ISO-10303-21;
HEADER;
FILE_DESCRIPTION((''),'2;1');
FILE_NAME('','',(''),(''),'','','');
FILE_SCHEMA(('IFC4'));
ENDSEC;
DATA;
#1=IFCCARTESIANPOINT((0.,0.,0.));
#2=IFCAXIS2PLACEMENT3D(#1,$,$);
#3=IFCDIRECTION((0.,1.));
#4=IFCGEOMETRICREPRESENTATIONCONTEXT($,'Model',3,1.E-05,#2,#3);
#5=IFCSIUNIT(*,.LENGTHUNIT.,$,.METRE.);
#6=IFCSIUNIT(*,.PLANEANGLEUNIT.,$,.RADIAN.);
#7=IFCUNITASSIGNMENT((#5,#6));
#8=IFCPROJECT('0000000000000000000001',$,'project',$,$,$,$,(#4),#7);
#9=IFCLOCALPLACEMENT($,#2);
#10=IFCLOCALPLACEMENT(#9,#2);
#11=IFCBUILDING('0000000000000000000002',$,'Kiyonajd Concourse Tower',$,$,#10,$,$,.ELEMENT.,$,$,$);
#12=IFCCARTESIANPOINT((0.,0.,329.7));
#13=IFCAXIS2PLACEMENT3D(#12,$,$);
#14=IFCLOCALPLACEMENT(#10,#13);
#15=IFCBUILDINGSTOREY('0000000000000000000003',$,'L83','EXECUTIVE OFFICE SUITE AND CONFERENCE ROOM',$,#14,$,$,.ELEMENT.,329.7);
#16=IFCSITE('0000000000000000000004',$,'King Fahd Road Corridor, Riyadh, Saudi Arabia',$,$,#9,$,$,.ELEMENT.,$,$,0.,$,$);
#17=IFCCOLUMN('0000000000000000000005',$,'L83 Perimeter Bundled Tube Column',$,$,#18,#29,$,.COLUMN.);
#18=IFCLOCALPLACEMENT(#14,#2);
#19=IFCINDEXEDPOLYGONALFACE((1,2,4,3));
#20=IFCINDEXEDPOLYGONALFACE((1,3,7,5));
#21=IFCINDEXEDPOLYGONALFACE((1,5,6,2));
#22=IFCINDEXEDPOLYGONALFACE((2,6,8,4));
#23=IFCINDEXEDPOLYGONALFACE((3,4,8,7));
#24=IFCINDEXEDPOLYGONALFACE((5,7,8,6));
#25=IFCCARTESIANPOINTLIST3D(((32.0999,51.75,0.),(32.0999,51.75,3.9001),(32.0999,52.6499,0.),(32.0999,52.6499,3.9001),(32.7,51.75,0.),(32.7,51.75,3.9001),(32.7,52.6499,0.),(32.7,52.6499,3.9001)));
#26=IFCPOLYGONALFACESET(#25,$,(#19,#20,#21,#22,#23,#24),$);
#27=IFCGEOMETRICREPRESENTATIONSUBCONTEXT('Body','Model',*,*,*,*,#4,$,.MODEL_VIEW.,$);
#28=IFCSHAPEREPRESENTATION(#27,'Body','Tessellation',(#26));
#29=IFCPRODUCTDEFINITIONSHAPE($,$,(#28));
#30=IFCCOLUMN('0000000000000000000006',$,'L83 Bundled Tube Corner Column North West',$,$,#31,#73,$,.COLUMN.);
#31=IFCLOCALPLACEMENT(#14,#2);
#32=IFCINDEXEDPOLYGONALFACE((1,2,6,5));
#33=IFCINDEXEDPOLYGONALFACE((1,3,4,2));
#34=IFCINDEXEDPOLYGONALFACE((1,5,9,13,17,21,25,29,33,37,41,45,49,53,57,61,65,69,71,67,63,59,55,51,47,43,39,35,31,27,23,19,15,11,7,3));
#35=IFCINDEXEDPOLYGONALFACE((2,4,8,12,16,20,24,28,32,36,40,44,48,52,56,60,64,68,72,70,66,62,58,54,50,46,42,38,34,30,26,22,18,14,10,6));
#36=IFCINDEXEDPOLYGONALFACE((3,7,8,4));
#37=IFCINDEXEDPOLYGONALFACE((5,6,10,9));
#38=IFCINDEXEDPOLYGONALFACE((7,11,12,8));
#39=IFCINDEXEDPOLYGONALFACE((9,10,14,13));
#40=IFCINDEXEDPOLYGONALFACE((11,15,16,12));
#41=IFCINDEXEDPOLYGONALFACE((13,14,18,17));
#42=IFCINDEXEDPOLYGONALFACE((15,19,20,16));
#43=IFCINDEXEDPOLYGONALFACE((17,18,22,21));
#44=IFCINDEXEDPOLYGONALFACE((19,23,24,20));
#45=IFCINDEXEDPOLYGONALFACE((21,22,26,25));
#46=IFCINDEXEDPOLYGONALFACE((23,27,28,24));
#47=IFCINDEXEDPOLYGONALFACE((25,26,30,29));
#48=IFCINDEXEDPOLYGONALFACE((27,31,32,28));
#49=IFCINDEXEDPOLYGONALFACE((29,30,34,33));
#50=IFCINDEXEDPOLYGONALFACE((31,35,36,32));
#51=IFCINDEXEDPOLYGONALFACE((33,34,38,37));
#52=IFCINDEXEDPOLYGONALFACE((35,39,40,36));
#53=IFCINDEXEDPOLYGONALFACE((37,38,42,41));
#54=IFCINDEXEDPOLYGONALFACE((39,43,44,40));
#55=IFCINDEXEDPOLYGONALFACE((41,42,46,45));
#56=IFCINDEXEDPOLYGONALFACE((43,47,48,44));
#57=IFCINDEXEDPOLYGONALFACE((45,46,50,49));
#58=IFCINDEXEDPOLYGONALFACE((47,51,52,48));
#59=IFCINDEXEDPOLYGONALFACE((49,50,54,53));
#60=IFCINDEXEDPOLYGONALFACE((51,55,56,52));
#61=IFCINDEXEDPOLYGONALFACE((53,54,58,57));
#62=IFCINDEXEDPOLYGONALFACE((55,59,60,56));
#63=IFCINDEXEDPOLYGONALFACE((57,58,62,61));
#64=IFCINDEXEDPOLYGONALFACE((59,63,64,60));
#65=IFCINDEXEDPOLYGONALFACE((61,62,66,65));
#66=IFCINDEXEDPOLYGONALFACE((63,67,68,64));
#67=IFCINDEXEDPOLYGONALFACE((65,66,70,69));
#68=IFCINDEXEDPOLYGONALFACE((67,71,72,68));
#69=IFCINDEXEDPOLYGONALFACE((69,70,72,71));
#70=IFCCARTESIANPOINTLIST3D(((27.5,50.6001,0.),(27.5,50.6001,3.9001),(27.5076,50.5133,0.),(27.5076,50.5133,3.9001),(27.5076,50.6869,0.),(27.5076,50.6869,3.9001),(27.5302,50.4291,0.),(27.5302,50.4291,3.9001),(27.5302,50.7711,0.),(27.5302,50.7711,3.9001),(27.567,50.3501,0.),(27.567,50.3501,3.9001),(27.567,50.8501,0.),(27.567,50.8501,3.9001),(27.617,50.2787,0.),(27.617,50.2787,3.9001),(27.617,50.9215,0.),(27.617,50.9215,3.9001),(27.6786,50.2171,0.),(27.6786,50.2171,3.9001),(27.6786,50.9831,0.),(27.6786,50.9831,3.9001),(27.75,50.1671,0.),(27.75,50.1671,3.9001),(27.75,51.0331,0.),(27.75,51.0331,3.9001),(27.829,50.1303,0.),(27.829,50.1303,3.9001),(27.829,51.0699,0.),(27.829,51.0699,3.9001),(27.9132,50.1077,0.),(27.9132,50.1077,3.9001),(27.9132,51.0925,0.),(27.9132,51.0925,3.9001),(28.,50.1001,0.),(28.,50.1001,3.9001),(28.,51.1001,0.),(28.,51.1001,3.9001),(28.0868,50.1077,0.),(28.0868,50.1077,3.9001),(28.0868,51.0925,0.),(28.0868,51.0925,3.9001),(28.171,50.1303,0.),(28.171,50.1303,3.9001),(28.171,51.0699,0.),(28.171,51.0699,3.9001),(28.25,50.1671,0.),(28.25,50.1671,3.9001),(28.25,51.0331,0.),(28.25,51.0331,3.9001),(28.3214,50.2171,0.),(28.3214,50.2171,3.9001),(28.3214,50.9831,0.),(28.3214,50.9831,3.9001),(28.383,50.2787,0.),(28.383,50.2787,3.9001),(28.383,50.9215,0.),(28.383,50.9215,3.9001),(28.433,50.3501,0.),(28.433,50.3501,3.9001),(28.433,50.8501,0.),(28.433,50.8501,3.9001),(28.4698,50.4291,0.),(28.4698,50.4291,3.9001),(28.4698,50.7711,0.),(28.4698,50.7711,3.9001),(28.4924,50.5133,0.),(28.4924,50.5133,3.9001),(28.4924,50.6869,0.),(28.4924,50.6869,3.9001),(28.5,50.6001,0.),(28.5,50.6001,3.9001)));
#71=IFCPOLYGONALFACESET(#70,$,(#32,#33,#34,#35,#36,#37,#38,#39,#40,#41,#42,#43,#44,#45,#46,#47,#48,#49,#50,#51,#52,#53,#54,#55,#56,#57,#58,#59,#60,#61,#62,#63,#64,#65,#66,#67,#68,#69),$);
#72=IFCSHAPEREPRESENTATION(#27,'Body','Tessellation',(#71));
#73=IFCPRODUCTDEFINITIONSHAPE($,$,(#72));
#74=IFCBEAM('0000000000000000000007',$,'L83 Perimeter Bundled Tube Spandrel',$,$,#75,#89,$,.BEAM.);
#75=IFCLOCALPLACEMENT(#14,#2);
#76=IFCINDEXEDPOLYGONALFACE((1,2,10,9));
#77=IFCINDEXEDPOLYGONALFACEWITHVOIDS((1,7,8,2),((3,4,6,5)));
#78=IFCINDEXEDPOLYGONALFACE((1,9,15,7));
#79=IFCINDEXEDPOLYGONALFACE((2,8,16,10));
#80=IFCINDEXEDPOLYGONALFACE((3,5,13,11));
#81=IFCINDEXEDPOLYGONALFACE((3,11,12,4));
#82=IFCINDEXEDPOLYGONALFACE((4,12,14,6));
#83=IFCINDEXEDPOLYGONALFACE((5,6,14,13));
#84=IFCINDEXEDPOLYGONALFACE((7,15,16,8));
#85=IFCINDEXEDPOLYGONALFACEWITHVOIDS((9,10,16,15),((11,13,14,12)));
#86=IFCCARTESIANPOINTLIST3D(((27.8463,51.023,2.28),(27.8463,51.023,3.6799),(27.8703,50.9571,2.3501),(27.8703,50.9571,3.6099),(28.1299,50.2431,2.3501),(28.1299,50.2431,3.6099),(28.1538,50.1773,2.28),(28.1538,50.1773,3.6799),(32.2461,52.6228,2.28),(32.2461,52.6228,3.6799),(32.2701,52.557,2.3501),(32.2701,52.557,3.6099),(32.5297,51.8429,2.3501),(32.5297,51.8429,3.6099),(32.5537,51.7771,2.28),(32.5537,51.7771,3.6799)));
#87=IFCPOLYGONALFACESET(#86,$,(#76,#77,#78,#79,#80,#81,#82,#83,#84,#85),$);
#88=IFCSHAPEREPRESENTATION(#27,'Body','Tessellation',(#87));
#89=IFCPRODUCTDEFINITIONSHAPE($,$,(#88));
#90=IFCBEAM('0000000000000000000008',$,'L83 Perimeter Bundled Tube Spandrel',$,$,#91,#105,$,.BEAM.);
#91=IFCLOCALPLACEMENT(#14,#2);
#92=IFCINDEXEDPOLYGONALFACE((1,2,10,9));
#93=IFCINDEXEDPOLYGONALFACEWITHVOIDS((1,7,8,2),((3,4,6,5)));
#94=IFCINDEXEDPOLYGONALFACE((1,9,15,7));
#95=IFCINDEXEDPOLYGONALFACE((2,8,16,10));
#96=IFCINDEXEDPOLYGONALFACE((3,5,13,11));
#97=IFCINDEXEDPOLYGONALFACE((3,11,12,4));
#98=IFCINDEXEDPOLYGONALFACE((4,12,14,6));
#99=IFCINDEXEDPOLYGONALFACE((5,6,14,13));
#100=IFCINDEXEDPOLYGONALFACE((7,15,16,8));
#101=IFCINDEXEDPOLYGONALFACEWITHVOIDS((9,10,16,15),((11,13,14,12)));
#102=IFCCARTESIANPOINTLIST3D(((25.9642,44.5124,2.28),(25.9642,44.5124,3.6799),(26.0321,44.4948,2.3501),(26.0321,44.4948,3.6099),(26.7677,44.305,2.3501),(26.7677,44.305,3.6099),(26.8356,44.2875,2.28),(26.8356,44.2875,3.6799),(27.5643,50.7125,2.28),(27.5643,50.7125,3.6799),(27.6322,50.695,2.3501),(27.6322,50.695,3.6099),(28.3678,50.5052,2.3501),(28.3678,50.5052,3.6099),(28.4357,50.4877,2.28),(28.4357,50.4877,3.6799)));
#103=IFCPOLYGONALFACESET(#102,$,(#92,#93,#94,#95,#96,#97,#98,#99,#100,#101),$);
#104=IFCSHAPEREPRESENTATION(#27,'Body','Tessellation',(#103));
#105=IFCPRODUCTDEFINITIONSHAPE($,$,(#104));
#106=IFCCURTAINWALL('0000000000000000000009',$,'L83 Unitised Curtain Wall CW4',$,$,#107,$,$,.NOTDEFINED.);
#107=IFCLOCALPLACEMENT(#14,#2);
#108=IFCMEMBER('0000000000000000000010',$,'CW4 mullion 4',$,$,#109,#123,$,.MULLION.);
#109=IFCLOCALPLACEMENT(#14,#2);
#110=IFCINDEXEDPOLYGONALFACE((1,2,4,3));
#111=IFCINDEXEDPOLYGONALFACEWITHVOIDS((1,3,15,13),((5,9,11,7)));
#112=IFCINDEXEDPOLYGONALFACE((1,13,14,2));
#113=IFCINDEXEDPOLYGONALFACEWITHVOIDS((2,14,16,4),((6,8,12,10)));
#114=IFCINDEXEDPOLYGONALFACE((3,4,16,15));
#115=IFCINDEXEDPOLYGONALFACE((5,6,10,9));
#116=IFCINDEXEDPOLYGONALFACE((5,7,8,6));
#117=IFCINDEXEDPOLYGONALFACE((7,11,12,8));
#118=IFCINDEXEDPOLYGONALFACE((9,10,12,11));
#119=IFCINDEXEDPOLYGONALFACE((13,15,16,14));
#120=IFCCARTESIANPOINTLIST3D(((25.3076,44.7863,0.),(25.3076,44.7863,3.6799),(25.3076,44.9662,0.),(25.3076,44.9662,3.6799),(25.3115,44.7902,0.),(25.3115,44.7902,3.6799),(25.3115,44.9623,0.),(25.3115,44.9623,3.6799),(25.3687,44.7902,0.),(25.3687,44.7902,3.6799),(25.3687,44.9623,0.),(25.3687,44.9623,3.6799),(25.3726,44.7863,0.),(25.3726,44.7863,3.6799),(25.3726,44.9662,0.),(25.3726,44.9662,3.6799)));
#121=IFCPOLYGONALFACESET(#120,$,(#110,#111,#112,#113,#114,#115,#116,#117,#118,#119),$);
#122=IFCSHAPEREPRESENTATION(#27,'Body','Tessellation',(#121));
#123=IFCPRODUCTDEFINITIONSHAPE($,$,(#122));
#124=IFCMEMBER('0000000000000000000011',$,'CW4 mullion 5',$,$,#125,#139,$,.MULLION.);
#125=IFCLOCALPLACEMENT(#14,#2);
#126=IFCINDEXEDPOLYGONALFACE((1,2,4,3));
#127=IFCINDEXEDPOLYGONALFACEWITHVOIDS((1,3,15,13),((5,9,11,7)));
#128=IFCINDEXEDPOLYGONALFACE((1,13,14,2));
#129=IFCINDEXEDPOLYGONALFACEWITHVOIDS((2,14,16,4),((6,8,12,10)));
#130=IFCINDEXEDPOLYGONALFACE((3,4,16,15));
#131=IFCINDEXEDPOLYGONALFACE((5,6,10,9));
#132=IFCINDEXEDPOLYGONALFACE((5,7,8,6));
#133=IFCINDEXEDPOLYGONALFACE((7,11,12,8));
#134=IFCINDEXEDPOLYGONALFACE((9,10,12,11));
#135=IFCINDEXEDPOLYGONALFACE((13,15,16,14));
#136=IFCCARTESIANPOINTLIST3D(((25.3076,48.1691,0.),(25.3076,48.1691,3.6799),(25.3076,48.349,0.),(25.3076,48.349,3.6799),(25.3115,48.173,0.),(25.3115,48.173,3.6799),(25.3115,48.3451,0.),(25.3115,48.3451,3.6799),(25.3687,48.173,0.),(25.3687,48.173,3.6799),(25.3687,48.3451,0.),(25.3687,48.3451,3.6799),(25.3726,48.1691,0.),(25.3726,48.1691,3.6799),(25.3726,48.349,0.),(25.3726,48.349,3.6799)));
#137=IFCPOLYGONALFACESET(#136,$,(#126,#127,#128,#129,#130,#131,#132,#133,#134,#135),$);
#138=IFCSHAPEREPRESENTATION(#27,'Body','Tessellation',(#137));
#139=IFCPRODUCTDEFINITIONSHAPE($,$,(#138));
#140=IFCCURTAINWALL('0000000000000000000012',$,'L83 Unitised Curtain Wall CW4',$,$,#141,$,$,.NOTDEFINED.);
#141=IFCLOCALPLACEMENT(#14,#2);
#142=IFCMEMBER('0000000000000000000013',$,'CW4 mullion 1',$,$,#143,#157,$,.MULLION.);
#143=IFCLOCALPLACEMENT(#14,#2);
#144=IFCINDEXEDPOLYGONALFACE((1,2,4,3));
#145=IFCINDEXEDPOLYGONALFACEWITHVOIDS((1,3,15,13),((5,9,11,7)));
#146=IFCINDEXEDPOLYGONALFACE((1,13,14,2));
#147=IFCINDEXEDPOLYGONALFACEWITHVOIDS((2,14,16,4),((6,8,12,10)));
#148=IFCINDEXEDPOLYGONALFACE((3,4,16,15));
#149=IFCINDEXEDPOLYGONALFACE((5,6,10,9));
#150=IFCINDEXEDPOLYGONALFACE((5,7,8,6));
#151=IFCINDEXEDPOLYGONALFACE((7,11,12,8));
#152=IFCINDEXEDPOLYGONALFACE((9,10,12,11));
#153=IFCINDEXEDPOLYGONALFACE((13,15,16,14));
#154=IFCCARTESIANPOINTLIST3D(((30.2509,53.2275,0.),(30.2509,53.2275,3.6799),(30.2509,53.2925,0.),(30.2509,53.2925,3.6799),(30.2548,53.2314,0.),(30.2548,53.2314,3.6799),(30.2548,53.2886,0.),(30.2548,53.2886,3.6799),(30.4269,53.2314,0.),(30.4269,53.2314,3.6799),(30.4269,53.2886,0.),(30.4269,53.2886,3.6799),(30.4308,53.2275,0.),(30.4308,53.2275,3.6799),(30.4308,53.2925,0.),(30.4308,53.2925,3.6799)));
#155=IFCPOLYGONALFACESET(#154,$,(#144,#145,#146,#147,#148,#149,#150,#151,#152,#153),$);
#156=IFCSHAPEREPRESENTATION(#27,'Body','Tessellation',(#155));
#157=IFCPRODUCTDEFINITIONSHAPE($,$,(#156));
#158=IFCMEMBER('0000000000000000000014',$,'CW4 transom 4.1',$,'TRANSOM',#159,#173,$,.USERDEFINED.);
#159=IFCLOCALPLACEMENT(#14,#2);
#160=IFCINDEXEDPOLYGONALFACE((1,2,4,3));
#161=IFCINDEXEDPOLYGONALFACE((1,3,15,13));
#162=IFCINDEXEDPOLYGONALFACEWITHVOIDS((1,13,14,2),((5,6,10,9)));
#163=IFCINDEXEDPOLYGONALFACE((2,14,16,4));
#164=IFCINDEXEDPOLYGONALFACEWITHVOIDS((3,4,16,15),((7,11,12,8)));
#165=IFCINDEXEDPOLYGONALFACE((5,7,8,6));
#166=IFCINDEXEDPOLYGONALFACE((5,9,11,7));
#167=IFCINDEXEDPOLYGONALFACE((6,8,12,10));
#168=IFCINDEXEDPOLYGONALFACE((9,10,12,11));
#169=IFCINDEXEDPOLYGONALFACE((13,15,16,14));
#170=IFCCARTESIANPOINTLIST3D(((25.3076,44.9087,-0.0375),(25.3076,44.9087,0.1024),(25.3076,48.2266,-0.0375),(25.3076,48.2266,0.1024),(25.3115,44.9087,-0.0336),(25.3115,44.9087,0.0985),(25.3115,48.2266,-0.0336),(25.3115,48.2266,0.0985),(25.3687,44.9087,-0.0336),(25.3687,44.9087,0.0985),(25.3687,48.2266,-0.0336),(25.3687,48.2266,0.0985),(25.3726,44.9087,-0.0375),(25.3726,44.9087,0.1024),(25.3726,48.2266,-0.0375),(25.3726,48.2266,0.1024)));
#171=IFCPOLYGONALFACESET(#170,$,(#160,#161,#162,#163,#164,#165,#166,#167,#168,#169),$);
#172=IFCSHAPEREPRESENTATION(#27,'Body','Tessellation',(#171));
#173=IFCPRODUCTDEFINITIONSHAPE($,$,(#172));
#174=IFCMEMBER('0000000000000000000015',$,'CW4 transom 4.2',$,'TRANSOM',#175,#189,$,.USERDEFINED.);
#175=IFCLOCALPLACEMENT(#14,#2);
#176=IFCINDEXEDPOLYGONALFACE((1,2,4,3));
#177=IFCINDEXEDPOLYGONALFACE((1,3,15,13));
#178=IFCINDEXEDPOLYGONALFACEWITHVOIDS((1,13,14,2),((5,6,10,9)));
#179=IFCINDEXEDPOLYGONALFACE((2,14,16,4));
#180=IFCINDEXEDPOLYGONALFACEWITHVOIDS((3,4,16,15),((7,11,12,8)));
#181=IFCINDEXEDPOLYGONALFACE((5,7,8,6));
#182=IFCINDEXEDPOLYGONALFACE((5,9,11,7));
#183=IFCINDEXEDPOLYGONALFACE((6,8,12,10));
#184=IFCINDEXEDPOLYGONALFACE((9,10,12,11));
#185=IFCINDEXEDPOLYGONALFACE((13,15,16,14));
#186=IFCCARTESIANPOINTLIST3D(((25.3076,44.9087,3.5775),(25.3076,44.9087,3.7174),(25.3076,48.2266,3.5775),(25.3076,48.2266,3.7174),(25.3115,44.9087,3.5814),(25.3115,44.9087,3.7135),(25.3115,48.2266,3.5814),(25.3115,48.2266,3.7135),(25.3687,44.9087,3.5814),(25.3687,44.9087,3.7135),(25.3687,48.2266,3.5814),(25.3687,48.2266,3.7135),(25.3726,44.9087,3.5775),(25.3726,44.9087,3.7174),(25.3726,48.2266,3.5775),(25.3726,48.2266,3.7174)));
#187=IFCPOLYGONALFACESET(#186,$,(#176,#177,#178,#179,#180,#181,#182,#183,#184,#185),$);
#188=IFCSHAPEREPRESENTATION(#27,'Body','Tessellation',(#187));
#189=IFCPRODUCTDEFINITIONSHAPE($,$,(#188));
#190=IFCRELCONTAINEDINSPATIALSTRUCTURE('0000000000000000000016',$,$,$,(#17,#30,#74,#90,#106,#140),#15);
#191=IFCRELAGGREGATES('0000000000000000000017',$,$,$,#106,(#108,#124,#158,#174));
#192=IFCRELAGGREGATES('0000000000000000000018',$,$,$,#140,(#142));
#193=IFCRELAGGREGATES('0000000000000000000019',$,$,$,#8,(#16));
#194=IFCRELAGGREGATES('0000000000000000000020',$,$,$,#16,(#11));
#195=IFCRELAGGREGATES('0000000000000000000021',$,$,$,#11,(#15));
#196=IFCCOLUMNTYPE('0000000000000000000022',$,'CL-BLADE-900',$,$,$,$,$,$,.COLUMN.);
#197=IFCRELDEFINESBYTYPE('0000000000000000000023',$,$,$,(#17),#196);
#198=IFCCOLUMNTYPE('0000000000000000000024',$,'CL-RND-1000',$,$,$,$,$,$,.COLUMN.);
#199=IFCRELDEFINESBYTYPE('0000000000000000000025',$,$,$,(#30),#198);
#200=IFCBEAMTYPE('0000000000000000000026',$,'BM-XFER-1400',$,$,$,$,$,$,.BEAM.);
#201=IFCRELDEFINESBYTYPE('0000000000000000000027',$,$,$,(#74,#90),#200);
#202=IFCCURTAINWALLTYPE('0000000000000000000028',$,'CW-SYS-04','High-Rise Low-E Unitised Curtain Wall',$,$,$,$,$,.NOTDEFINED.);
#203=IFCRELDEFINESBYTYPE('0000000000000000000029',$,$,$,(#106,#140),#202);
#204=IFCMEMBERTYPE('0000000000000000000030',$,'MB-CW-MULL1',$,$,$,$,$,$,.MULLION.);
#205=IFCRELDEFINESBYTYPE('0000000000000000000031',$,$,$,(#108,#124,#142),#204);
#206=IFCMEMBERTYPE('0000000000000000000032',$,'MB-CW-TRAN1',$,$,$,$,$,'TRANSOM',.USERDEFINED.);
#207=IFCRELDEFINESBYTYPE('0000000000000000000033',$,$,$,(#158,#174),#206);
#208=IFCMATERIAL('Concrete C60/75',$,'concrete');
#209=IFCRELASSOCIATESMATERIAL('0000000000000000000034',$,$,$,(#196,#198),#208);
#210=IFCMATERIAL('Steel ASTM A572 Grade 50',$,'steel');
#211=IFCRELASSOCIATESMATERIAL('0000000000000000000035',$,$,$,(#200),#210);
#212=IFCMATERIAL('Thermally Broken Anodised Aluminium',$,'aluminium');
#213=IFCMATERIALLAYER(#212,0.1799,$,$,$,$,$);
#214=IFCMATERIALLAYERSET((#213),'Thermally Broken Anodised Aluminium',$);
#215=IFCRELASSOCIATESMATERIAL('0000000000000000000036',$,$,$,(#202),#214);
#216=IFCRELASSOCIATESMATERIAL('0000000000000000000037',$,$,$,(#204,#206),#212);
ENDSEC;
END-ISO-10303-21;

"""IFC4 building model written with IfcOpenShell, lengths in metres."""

from ifc_helpers import new_model, si_unit, direction, frame, origin, origin_2d, place, context, subcontext, project, spatial, rectangle, hollow_rectangle, circle, extrude, material, layer, layer_set, material_profile, profile_set, type_object, element, aggregate, save


model = new_model("IFC4")

# Units and contexts
model_context = context("Model", 3, precision=1e-05, world=origin(), true_north=direction((0.0, 1.0)))
body_context = subcontext(model_context, "Body", "Model", "MODEL_VIEW")
ifc_project = project(units=[si_unit("LENGTHUNIT", "METRE"), si_unit("PLANEANGLEUNIT", "RADIAN")], contexts=[model_context])

# Site, building, storey
site_placement = place(None, origin())
site = spatial("IfcSite", under=ifc_project, at=site_placement, Name="King Fahd Road Corridor, Riyadh, Saudi Arabia", CompositionType="ELEMENT", RefElevation=0.0)
building_placement = place(site_placement, origin())
building = spatial("IfcBuilding", under=site, at=building_placement, Name="Kiyonajd Concourse Tower", CompositionType="ELEMENT")
storey_placement = place(building_placement, frame((0.0, 0.0, 329.7)))
storey = spatial("IfcBuildingStorey", under=building, at=storey_placement, Name="L83", Description="EXECUTIVE OFFICE SUITE AND CONFERENCE ROOM", CompositionType="ELEMENT", Elevation=329.7)

# Columns
ifc_material_1 = material(Name="Concrete C60/75", Category="concrete")
ifc_material_profile_1 = material_profile(ifc_material_1, rectangle(XDim=0.6001, YDim=0.8999, at=origin_2d()), Name="RC-900x600")
ifc_profile_set_1 = profile_set([ifc_material_profile_1], Name="Concrete C60/75")
column_type_1 = type_object("IfcColumnType", Name="CL-BLADE-900", PredefinedType="COLUMN", material=ifc_profile_set_1)
column_1_placement = place(storey_placement, frame((32.3999, 52.2, 0.0), z_axis=(0.0, 0.0, 1.0), x_axis=(1.0, 0.0, 0.0)))
element("IfcColumn", 1, at=column_1_placement, inside=storey, type_object=column_type_1, Name="L83 Perimeter Bundled Tube Column", PredefinedType="COLUMN", context=body_context, shape_type="SweptSolid", body=[
    extrude(rectangle(XDim=0.6001, YDim=0.8999, at=origin_2d()), origin(), (0.0, 0.0, 1.0), 3.9001),
])
ifc_material_profile_2 = material_profile(ifc_material_1, circle(Radius=0.5, at=origin_2d()), Name="RCC-D1000")
ifc_profile_set_2 = profile_set([ifc_material_profile_2], Name="Concrete C60/75")
column_type_2 = type_object("IfcColumnType", Name="CL-RND-1000", PredefinedType="COLUMN", material=ifc_profile_set_2)
column_2_placement = place(storey_placement, frame((28.0, 50.6001, 0.0), z_axis=(0.0, 0.0, 1.0), x_axis=(1.0, 0.0, 0.0)))
element("IfcColumn", 2, at=column_2_placement, inside=storey, type_object=column_type_2, Name="L83 Bundled Tube Corner Column North West", PredefinedType="COLUMN", context=body_context, shape_type="SweptSolid", body=[
    extrude(circle(Radius=0.5, at=origin_2d()), origin(), (0.0, 0.0, 1.0), 3.9001),
])

# Beams
ifc_material_2 = material(Name="Steel ASTM A572 Grade 50", Category="steel")
ifc_material_profile_3 = material_profile(ifc_material_2, hollow_rectangle(XDim=0.8999, YDim=1.3999, WallThickness=0.0701, at=origin_2d()), Name="BOX-1400x900x70")
ifc_profile_set_3 = profile_set([ifc_material_profile_3], Name="Steel ASTM A572 Grade 50")
beam_type = type_object("IfcBeamType", Name="BM-XFER-1400", PredefinedType="BEAM", material=ifc_profile_set_3)
beam_1_placement = place(storey_placement, frame((32.3999, 52.2, 2.98), z_axis=(-0.939801, -0.341722, 0.0), x_axis=(0.341722, -0.939801, 0.0)))
element("IfcBeam", 3, at=beam_1_placement, inside=storey, type_object=beam_type, Name="L83 Perimeter Bundled Tube Spandrel", PredefinedType="BEAM", context=body_context, shape_type="SweptSolid", body=[
    extrude(hollow_rectangle(XDim=0.8999, YDim=1.3999, WallThickness=0.0701, at=origin_2d()), origin(), (0.0, 0.0, 1.0), 4.6816),
])
beam_2_placement = place(storey_placement, frame((28.0, 50.6001, 2.98), z_axis=(-0.249885, -0.968276, 0.0), x_axis=(0.968276, -0.249885, 0.0)))
element("IfcBeam", 4, at=beam_2_placement, inside=storey, type_object=beam_type, Name="L83 Perimeter Bundled Tube Spandrel", PredefinedType="BEAM", context=body_context, shape_type="SweptSolid", body=[
    extrude(hollow_rectangle(XDim=0.8999, YDim=1.3999, WallThickness=0.0701, at=origin_2d()), origin(), (0.0, 0.0, 1.0), 6.4033),
])

# Curtain wall, members
ifc_material_3 = material(Name="Thermally Broken Anodised Aluminium", Category="aluminium")
ifc_layer_1 = layer(ifc_material_3, 0.1799)
ifc_layer_set_1 = layer_set([ifc_layer_1], Name="Thermally Broken Anodised Aluminium")
curtain_wall_type = type_object("IfcCurtainWallType", Name="CW-SYS-04", Description="High-Rise Low-E Unitised Curtain Wall", PredefinedType="NOTDEFINED", material=ifc_layer_set_1)
curtain_wall_1_placement = place(storey_placement, origin())
curtain_wall_1 = element("IfcCurtainWall", 5, at=curtain_wall_1_placement, inside=storey, type_object=curtain_wall_type, Name="L83 Unitised Curtain Wall CW4", PredefinedType="NOTDEFINED")
ifc_material_profile_4 = material_profile(ifc_material_3, hollow_rectangle(XDim=0.0649, YDim=0.1799, WallThickness=0.0039, at=origin_2d()), Name="MULL-65x180")
ifc_profile_set_4 = profile_set([ifc_material_profile_4], Name="Thermally Broken Anodised Aluminium")
member_type_1 = type_object("IfcMemberType", Name="MB-CW-MULL1", PredefinedType="MULLION", material=ifc_profile_set_4)
member_1_placement = place(storey_placement, frame((25.3401, 44.8762, 0.0), z_axis=(0.0, 0.0, 1.0), x_axis=(-1.0, 0.0, 0.0)))
member_1 = element("IfcMember", 6, at=member_1_placement, type_object=member_type_1, Name="CW4 mullion 4", PredefinedType="MULLION", context=body_context, shape_type="SweptSolid", body=[
    extrude(hollow_rectangle(XDim=0.0649, YDim=0.1799, WallThickness=0.0039, at=origin_2d()), origin(), (0.0, 0.0, 1.0), 3.6799),
])
member_2_placement = place(storey_placement, frame((25.3401, 48.259, 0.0), z_axis=(0.0, 0.0, 1.0), x_axis=(-1.0, 0.0, 0.0)))
member_2 = element("IfcMember", 7, at=member_2_placement, type_object=member_type_1, Name="CW4 mullion 5", PredefinedType="MULLION", context=body_context, shape_type="SweptSolid", body=[
    extrude(hollow_rectangle(XDim=0.0649, YDim=0.1799, WallThickness=0.0039, at=origin_2d()), origin(), (0.0, 0.0, 1.0), 3.6799),
])

# Curtain wall, member
curtain_wall_2_placement = place(storey_placement, origin())
curtain_wall_2 = element("IfcCurtainWall", 8, at=curtain_wall_2_placement, inside=storey, type_object=curtain_wall_type, Name="L83 Unitised Curtain Wall CW4", PredefinedType="NOTDEFINED")
member_3_placement = place(storey_placement, frame((30.3408, 53.26, 0.0), z_axis=(0.0, 0.0, 1.0), x_axis=(0.0, 1.0, 0.0)))
member_3 = element("IfcMember", 9, at=member_3_placement, type_object=member_type_1, Name="CW4 mullion 1", PredefinedType="MULLION", context=body_context, shape_type="SweptSolid", body=[
    extrude(hollow_rectangle(XDim=0.0649, YDim=0.1799, WallThickness=0.0039, at=origin_2d()), origin(), (0.0, 0.0, 1.0), 3.6799),
])

# Members
ifc_material_profile_5 = material_profile(ifc_material_3, hollow_rectangle(XDim=0.0649, YDim=0.1399, WallThickness=0.0039, at=origin_2d()), Name="TRAN-65x140")
ifc_profile_set_5 = profile_set([ifc_material_profile_5], Name="Thermally Broken Anodised Aluminium")
member_type_2 = type_object("IfcMemberType", Name="MB-CW-TRAN1", ElementType="TRANSOM", PredefinedType="USERDEFINED", material=ifc_profile_set_5)
member_4_placement = place(storey_placement, frame((25.3401, 44.9087, 0.0325), z_axis=(0.0, 1.0, 0.0), x_axis=(-1.0, 0.0, 0.0)))
member_4 = element("IfcMember", 10, at=member_4_placement, type_object=member_type_2, Name="CW4 transom 4.1", ObjectType="TRANSOM", PredefinedType="USERDEFINED", context=body_context, shape_type="SweptSolid", body=[
    extrude(hollow_rectangle(XDim=0.0649, YDim=0.1399, WallThickness=0.0039, at=origin_2d()), origin(), (0.0, 0.0, 1.0), 3.3179),
])
member_5_placement = place(storey_placement, frame((25.3401, 44.9087, 3.6475), z_axis=(0.0, 1.0, 0.0), x_axis=(-1.0, 0.0, 0.0)))
member_5 = element("IfcMember", 11, at=member_5_placement, type_object=member_type_2, Name="CW4 transom 4.2", ObjectType="TRANSOM", PredefinedType="USERDEFINED", context=body_context, shape_type="SweptSolid", body=[
    extrude(hollow_rectangle(XDim=0.0649, YDim=0.1399, WallThickness=0.0039, at=origin_2d()), origin(), (0.0, 0.0, 1.0), 3.3179),
])

aggregate(curtain_wall_1, [member_1, member_2, member_4, member_5])
aggregate(curtain_wall_2, [member_3])

save(model, "model.ifc")
